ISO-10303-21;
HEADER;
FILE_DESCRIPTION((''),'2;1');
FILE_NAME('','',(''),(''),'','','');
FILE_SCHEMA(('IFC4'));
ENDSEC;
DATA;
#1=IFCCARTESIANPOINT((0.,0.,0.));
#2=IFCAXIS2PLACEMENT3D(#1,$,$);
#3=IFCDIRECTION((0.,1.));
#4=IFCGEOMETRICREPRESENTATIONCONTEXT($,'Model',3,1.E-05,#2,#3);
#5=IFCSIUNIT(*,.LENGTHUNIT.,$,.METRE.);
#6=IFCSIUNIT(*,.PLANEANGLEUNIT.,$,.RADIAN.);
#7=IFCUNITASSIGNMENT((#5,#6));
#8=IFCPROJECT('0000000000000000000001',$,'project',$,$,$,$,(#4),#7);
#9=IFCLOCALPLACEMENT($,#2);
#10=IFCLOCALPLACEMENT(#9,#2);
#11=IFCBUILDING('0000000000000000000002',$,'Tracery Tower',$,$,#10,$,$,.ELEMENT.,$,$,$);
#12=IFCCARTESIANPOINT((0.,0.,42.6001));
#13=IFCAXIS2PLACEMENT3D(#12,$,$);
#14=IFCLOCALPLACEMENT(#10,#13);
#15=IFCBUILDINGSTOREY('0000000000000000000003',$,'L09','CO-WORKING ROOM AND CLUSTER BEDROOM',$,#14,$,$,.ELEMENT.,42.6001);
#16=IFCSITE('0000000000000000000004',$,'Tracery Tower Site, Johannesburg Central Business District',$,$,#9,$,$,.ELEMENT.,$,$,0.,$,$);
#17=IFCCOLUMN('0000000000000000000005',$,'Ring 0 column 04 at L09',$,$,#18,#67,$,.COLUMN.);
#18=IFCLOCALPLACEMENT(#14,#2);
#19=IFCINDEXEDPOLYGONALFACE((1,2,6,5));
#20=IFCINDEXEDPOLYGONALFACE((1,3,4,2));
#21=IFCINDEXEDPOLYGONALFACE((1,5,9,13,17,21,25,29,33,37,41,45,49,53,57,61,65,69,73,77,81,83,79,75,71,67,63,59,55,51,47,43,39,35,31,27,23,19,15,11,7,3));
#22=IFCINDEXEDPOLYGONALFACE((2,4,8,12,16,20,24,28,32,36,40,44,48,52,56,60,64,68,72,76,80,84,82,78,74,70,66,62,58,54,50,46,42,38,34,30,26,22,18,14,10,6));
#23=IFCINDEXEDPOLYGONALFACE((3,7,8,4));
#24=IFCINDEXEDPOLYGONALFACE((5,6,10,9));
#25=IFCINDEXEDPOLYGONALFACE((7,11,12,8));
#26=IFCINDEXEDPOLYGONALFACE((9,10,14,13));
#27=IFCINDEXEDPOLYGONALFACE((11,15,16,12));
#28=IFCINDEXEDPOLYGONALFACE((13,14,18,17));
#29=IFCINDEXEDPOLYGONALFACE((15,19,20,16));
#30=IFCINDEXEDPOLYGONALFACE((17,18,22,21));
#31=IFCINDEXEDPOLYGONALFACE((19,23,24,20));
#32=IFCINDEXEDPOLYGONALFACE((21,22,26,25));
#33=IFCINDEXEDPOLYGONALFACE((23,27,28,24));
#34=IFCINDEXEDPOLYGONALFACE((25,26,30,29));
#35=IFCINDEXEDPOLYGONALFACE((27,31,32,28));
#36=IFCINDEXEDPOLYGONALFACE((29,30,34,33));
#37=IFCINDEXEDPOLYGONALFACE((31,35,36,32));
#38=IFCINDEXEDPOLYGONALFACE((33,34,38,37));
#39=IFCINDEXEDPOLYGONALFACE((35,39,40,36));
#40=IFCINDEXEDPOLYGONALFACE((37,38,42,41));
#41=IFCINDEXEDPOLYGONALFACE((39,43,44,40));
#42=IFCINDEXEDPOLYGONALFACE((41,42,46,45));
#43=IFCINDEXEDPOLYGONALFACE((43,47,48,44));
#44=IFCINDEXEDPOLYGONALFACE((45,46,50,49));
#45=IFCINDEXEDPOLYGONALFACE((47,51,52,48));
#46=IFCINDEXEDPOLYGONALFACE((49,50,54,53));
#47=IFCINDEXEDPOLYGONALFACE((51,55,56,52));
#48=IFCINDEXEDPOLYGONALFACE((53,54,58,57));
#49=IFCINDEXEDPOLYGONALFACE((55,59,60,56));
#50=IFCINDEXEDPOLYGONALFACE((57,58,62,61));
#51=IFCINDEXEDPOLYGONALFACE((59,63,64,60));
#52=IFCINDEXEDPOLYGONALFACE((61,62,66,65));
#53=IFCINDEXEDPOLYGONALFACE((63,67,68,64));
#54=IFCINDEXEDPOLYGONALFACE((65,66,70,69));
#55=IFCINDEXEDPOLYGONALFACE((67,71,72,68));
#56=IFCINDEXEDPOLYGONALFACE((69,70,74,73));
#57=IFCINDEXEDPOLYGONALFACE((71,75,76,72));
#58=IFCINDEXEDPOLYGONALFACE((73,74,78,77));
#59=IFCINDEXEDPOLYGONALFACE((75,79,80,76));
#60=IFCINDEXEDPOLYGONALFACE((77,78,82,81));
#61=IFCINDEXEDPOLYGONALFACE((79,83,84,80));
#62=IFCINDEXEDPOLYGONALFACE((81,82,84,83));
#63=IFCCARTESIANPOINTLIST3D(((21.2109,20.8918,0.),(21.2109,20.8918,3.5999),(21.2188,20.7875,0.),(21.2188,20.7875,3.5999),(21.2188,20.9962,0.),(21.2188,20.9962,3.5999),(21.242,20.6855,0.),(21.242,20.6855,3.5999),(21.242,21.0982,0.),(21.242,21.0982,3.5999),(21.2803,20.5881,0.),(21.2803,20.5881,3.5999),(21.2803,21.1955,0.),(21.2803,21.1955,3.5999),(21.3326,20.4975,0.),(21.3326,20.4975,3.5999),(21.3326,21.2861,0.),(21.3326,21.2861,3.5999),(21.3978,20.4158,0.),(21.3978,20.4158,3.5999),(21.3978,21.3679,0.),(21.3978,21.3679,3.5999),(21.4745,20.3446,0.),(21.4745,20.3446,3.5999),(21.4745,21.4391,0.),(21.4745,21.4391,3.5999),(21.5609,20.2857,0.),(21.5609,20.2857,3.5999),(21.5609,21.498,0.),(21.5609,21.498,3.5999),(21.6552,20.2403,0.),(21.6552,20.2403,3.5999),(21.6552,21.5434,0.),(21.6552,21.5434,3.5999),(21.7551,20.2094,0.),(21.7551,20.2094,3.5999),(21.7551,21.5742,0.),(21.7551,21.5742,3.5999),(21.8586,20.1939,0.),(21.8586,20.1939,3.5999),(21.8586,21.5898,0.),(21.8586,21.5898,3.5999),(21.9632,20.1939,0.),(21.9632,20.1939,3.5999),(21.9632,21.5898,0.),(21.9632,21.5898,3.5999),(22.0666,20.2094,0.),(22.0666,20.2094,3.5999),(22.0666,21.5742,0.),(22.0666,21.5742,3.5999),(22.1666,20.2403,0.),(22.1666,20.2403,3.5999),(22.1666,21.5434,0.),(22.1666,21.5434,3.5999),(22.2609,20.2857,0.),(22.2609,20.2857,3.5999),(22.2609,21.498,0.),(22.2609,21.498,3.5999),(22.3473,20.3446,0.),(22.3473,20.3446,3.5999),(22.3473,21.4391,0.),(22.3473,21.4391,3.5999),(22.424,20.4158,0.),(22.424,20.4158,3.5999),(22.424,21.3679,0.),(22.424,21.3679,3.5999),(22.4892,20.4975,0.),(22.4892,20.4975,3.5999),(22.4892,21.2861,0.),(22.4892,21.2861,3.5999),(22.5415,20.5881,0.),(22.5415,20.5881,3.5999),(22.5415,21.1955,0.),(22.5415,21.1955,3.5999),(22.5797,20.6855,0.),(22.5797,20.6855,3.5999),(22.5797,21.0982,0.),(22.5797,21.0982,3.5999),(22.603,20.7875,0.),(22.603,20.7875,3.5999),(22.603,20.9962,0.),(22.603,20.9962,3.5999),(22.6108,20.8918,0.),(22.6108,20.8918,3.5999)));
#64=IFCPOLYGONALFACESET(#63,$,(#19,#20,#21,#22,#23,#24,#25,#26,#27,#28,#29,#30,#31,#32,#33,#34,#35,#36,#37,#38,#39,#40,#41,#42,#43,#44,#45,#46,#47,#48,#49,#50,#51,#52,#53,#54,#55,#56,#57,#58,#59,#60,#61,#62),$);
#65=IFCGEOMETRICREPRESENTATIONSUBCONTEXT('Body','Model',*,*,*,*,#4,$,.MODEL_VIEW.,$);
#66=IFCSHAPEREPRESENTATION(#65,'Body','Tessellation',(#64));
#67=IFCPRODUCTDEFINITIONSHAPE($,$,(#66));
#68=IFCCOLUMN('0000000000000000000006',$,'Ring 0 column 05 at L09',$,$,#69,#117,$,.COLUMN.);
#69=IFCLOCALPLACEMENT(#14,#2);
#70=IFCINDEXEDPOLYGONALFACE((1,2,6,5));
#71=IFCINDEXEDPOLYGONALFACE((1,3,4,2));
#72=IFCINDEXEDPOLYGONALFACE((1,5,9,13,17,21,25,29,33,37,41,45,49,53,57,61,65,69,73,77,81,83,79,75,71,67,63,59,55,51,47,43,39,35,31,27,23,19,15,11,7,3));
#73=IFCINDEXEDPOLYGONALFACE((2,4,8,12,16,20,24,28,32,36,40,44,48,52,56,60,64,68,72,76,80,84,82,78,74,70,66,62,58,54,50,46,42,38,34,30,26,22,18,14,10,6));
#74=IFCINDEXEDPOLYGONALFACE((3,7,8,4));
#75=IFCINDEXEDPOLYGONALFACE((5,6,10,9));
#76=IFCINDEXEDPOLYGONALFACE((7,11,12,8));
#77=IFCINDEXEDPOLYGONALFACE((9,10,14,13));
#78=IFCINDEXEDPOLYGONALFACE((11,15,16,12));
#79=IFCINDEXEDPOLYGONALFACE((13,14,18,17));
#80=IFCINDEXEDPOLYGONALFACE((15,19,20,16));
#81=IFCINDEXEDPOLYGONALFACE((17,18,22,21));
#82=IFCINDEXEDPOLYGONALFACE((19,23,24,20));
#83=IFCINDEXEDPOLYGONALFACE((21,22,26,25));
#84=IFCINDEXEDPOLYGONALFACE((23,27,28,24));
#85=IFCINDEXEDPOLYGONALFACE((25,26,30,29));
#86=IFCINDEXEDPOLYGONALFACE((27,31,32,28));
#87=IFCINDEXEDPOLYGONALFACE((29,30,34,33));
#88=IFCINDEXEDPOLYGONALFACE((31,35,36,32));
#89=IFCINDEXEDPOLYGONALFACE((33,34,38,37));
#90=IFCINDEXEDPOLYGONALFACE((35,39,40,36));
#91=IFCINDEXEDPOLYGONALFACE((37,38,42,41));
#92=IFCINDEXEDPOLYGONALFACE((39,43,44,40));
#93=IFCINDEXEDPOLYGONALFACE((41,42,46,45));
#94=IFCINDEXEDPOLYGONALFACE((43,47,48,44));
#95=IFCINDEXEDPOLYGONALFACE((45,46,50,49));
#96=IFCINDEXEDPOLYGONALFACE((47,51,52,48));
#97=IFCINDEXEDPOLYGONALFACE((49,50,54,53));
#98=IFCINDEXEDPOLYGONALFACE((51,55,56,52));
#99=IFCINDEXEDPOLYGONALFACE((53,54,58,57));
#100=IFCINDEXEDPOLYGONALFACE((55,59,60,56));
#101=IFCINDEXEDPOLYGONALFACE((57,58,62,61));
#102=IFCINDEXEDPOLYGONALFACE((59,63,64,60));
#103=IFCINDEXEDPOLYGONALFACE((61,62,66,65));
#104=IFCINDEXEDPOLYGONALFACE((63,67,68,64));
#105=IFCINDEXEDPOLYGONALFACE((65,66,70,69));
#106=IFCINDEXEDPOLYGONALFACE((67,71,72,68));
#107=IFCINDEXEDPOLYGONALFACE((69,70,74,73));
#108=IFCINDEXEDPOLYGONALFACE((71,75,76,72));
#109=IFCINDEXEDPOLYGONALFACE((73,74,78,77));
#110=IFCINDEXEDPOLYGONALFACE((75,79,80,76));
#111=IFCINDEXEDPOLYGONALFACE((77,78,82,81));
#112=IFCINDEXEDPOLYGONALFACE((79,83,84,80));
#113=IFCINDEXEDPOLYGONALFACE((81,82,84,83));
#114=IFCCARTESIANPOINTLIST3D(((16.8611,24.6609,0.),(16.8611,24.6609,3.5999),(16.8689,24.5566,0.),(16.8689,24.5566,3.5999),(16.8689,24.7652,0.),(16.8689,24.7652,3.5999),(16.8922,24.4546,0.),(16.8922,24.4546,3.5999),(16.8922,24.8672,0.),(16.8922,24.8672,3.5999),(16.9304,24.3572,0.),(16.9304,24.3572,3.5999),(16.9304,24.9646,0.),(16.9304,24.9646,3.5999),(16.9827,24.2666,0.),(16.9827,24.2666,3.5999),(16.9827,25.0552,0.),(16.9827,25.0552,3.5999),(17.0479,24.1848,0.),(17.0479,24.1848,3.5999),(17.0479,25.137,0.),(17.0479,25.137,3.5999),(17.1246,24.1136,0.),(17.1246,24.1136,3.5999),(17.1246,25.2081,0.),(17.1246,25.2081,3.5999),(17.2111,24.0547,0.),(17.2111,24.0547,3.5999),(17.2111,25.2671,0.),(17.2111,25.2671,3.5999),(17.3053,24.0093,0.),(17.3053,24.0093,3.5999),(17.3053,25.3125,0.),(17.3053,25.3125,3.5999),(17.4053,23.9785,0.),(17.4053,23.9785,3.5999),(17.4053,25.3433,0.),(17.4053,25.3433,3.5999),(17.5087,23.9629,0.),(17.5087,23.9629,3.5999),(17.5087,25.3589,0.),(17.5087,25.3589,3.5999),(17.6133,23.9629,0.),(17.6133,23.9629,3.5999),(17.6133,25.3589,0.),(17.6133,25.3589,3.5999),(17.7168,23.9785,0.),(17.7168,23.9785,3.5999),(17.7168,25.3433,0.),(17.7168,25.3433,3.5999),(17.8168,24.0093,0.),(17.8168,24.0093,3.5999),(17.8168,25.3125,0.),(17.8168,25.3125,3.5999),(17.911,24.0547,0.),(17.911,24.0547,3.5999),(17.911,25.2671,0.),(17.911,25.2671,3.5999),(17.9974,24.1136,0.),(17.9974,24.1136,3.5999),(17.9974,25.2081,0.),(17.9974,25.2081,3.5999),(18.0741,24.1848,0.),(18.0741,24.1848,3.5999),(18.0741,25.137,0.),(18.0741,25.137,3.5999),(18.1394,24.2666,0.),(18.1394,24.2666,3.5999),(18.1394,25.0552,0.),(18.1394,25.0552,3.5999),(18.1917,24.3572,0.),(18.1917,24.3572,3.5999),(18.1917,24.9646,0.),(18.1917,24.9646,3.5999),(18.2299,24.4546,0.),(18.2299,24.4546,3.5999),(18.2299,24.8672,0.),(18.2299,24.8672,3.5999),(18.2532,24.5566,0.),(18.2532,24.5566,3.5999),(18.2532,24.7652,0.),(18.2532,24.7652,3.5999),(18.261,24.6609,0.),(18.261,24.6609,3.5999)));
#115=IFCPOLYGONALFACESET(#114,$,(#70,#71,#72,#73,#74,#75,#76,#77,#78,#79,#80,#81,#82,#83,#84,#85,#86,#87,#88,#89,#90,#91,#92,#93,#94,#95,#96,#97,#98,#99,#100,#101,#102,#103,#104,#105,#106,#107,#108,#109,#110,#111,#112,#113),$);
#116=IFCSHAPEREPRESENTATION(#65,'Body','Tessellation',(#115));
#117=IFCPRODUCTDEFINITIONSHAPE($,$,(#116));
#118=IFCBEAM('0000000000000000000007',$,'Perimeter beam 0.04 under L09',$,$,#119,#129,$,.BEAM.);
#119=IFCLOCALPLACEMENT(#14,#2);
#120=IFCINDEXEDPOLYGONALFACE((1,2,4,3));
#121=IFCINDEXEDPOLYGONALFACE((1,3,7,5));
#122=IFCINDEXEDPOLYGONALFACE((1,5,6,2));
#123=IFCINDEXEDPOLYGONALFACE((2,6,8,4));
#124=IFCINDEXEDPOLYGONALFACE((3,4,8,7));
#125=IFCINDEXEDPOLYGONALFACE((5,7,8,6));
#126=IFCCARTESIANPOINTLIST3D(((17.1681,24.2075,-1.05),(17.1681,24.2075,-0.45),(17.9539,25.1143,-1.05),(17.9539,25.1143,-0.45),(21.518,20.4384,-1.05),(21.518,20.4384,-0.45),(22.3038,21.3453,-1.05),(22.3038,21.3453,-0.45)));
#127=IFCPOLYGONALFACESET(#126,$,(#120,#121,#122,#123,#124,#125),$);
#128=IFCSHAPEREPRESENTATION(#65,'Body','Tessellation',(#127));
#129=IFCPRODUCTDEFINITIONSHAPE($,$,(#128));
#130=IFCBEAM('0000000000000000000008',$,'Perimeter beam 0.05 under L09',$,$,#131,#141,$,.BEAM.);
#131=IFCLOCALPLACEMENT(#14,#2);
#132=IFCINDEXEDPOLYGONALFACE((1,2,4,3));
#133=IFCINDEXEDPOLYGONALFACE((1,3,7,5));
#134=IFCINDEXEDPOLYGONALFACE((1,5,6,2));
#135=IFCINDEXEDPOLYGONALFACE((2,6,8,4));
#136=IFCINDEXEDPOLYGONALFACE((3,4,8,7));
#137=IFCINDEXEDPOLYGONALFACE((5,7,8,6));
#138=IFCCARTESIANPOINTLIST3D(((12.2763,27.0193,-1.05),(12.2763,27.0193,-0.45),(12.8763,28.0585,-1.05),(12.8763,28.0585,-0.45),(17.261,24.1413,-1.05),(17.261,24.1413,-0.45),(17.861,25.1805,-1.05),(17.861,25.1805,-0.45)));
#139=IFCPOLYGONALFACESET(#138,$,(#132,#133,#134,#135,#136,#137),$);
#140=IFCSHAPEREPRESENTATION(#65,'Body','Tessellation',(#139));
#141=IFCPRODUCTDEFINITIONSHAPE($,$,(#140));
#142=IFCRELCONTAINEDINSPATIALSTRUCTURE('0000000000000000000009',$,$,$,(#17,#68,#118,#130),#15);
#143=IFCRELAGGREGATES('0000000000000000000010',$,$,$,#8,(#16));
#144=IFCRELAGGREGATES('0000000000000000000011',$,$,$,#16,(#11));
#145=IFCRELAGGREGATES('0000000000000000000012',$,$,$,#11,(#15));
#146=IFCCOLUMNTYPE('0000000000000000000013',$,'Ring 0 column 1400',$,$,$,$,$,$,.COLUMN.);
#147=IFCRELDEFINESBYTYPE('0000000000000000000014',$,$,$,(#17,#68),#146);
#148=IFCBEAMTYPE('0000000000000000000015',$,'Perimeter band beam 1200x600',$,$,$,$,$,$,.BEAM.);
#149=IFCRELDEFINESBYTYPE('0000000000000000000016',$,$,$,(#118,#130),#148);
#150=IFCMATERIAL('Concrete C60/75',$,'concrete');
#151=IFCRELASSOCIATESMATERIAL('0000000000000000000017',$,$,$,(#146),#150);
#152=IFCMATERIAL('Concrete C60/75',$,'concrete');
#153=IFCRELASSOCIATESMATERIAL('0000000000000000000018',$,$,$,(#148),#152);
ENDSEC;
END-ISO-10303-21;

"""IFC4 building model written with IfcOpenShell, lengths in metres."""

from ifc_helpers import new_model, si_unit, direction, frame, origin, origin_2d, place, context, subcontext, project, spatial, rectangle, circle, extrude, material, material_profile, profile_set, type_object, element, save


model = new_model("IFC4")

# Units and contexts
model_context = context("Model", 3, precision=1e-05, world=origin(), true_north=direction((0.0, 1.0)))
body_context = subcontext(model_context, "Body", "Model", "MODEL_VIEW")
ifc_project = project(units=[si_unit("LENGTHUNIT", "METRE"), si_unit("PLANEANGLEUNIT", "RADIAN")], contexts=[model_context])

# Site, building, storey
site_placement = place(None, origin())
site = spatial("IfcSite", under=ifc_project, at=site_placement, Name="Tracery Tower Site, Johannesburg Central Business District", CompositionType="ELEMENT", RefElevation=0.0)
building_placement = place(site_placement, origin())
building = spatial("IfcBuilding", under=site, at=building_placement, Name="Tracery Tower", CompositionType="ELEMENT")
storey_placement = place(building_placement, frame((0.0, 0.0, 42.6001)))
storey = spatial("IfcBuildingStorey", under=building, at=storey_placement, Name="L09", Description="CO-WORKING ROOM AND CLUSTER BEDROOM", CompositionType="ELEMENT", Elevation=42.6001)

# Columns
ifc_material_1 = material(Name="Concrete C60/75", Category="concrete")
ifc_material_profile_1 = material_profile(ifc_material_1, circle(Radius=0.7, at=origin_2d()), Name="RC D1400")
ifc_profile_set_1 = profile_set([ifc_material_profile_1], Name="Concrete C60/75")
column_type = type_object("IfcColumnType", Name="Ring 0 column 1400", PredefinedType="COLUMN", material=ifc_profile_set_1)
for number, where, z_axis, x_axis, name in (
    (1, (21.9109, 20.8918, 0.0), (0.0, 0.0, 1.0), (1.0, 0.0, 0.0), "Ring 0 column 04 at L09"),
    (2, (17.561, 24.6609, 0.0), (0.0, 0.0, 1.0), (1.0, 0.0, 0.0), "Ring 0 column 05 at L09"),
):
    element("IfcColumn", number, at=place(storey_placement, frame(where, z_axis=z_axis, x_axis=x_axis)), inside=storey, type_object=column_type, Name=name, PredefinedType="COLUMN", context=body_context, shape_type="SweptSolid", body=[
        extrude(circle(Radius=0.7, at=origin_2d()), origin(), (0.0, 0.0, 1.0), 3.5999),
    ])

# Beams
ifc_material_2 = material(Name="Concrete C60/75", Category="concrete")
ifc_material_profile_2 = material_profile(ifc_material_2, rectangle(XDim=1.2, YDim=0.6001, at=origin_2d()), Name="RC 1200x600")
ifc_profile_set_2 = profile_set([ifc_material_profile_2], Name="Concrete C60/75")
beam_type = type_object("IfcBeamType", Name="Perimeter band beam 1200x600", PredefinedType="BEAM", material=ifc_profile_set_2)
beam_1_placement = place(storey_placement, frame((21.9109, 20.8918, -0.75), z_axis=(-0.75576, 0.654848, 0.0), x_axis=(-0.654848, -0.75576, 0.0)))
element("IfcBeam", 3, at=beam_1_placement, inside=storey, type_object=beam_type, Name="Perimeter beam 0.04 under L09", PredefinedType="BEAM", context=body_context, shape_type="SweptSolid", body=[
    extrude(rectangle(XDim=1.2, YDim=0.6001, at=origin_2d()), origin(), (0.0, 0.0, 1.0), 5.7556),
])
beam_2_placement = place(storey_placement, frame((17.561, 24.6609, -0.75), z_axis=(-0.866021, 0.500008, 0.0), x_axis=(-0.500008, -0.866021, 0.0)))
element("IfcBeam", 4, at=beam_2_placement, inside=storey, type_object=beam_type, Name="Perimeter beam 0.05 under L09", PredefinedType="BEAM", context=body_context, shape_type="SweptSolid", body=[
    extrude(rectangle(XDim=1.2, YDim=0.6001, at=origin_2d()), origin(), (0.0, 0.0, 1.0), 5.7559),
])

save(model, "model.ifc")
